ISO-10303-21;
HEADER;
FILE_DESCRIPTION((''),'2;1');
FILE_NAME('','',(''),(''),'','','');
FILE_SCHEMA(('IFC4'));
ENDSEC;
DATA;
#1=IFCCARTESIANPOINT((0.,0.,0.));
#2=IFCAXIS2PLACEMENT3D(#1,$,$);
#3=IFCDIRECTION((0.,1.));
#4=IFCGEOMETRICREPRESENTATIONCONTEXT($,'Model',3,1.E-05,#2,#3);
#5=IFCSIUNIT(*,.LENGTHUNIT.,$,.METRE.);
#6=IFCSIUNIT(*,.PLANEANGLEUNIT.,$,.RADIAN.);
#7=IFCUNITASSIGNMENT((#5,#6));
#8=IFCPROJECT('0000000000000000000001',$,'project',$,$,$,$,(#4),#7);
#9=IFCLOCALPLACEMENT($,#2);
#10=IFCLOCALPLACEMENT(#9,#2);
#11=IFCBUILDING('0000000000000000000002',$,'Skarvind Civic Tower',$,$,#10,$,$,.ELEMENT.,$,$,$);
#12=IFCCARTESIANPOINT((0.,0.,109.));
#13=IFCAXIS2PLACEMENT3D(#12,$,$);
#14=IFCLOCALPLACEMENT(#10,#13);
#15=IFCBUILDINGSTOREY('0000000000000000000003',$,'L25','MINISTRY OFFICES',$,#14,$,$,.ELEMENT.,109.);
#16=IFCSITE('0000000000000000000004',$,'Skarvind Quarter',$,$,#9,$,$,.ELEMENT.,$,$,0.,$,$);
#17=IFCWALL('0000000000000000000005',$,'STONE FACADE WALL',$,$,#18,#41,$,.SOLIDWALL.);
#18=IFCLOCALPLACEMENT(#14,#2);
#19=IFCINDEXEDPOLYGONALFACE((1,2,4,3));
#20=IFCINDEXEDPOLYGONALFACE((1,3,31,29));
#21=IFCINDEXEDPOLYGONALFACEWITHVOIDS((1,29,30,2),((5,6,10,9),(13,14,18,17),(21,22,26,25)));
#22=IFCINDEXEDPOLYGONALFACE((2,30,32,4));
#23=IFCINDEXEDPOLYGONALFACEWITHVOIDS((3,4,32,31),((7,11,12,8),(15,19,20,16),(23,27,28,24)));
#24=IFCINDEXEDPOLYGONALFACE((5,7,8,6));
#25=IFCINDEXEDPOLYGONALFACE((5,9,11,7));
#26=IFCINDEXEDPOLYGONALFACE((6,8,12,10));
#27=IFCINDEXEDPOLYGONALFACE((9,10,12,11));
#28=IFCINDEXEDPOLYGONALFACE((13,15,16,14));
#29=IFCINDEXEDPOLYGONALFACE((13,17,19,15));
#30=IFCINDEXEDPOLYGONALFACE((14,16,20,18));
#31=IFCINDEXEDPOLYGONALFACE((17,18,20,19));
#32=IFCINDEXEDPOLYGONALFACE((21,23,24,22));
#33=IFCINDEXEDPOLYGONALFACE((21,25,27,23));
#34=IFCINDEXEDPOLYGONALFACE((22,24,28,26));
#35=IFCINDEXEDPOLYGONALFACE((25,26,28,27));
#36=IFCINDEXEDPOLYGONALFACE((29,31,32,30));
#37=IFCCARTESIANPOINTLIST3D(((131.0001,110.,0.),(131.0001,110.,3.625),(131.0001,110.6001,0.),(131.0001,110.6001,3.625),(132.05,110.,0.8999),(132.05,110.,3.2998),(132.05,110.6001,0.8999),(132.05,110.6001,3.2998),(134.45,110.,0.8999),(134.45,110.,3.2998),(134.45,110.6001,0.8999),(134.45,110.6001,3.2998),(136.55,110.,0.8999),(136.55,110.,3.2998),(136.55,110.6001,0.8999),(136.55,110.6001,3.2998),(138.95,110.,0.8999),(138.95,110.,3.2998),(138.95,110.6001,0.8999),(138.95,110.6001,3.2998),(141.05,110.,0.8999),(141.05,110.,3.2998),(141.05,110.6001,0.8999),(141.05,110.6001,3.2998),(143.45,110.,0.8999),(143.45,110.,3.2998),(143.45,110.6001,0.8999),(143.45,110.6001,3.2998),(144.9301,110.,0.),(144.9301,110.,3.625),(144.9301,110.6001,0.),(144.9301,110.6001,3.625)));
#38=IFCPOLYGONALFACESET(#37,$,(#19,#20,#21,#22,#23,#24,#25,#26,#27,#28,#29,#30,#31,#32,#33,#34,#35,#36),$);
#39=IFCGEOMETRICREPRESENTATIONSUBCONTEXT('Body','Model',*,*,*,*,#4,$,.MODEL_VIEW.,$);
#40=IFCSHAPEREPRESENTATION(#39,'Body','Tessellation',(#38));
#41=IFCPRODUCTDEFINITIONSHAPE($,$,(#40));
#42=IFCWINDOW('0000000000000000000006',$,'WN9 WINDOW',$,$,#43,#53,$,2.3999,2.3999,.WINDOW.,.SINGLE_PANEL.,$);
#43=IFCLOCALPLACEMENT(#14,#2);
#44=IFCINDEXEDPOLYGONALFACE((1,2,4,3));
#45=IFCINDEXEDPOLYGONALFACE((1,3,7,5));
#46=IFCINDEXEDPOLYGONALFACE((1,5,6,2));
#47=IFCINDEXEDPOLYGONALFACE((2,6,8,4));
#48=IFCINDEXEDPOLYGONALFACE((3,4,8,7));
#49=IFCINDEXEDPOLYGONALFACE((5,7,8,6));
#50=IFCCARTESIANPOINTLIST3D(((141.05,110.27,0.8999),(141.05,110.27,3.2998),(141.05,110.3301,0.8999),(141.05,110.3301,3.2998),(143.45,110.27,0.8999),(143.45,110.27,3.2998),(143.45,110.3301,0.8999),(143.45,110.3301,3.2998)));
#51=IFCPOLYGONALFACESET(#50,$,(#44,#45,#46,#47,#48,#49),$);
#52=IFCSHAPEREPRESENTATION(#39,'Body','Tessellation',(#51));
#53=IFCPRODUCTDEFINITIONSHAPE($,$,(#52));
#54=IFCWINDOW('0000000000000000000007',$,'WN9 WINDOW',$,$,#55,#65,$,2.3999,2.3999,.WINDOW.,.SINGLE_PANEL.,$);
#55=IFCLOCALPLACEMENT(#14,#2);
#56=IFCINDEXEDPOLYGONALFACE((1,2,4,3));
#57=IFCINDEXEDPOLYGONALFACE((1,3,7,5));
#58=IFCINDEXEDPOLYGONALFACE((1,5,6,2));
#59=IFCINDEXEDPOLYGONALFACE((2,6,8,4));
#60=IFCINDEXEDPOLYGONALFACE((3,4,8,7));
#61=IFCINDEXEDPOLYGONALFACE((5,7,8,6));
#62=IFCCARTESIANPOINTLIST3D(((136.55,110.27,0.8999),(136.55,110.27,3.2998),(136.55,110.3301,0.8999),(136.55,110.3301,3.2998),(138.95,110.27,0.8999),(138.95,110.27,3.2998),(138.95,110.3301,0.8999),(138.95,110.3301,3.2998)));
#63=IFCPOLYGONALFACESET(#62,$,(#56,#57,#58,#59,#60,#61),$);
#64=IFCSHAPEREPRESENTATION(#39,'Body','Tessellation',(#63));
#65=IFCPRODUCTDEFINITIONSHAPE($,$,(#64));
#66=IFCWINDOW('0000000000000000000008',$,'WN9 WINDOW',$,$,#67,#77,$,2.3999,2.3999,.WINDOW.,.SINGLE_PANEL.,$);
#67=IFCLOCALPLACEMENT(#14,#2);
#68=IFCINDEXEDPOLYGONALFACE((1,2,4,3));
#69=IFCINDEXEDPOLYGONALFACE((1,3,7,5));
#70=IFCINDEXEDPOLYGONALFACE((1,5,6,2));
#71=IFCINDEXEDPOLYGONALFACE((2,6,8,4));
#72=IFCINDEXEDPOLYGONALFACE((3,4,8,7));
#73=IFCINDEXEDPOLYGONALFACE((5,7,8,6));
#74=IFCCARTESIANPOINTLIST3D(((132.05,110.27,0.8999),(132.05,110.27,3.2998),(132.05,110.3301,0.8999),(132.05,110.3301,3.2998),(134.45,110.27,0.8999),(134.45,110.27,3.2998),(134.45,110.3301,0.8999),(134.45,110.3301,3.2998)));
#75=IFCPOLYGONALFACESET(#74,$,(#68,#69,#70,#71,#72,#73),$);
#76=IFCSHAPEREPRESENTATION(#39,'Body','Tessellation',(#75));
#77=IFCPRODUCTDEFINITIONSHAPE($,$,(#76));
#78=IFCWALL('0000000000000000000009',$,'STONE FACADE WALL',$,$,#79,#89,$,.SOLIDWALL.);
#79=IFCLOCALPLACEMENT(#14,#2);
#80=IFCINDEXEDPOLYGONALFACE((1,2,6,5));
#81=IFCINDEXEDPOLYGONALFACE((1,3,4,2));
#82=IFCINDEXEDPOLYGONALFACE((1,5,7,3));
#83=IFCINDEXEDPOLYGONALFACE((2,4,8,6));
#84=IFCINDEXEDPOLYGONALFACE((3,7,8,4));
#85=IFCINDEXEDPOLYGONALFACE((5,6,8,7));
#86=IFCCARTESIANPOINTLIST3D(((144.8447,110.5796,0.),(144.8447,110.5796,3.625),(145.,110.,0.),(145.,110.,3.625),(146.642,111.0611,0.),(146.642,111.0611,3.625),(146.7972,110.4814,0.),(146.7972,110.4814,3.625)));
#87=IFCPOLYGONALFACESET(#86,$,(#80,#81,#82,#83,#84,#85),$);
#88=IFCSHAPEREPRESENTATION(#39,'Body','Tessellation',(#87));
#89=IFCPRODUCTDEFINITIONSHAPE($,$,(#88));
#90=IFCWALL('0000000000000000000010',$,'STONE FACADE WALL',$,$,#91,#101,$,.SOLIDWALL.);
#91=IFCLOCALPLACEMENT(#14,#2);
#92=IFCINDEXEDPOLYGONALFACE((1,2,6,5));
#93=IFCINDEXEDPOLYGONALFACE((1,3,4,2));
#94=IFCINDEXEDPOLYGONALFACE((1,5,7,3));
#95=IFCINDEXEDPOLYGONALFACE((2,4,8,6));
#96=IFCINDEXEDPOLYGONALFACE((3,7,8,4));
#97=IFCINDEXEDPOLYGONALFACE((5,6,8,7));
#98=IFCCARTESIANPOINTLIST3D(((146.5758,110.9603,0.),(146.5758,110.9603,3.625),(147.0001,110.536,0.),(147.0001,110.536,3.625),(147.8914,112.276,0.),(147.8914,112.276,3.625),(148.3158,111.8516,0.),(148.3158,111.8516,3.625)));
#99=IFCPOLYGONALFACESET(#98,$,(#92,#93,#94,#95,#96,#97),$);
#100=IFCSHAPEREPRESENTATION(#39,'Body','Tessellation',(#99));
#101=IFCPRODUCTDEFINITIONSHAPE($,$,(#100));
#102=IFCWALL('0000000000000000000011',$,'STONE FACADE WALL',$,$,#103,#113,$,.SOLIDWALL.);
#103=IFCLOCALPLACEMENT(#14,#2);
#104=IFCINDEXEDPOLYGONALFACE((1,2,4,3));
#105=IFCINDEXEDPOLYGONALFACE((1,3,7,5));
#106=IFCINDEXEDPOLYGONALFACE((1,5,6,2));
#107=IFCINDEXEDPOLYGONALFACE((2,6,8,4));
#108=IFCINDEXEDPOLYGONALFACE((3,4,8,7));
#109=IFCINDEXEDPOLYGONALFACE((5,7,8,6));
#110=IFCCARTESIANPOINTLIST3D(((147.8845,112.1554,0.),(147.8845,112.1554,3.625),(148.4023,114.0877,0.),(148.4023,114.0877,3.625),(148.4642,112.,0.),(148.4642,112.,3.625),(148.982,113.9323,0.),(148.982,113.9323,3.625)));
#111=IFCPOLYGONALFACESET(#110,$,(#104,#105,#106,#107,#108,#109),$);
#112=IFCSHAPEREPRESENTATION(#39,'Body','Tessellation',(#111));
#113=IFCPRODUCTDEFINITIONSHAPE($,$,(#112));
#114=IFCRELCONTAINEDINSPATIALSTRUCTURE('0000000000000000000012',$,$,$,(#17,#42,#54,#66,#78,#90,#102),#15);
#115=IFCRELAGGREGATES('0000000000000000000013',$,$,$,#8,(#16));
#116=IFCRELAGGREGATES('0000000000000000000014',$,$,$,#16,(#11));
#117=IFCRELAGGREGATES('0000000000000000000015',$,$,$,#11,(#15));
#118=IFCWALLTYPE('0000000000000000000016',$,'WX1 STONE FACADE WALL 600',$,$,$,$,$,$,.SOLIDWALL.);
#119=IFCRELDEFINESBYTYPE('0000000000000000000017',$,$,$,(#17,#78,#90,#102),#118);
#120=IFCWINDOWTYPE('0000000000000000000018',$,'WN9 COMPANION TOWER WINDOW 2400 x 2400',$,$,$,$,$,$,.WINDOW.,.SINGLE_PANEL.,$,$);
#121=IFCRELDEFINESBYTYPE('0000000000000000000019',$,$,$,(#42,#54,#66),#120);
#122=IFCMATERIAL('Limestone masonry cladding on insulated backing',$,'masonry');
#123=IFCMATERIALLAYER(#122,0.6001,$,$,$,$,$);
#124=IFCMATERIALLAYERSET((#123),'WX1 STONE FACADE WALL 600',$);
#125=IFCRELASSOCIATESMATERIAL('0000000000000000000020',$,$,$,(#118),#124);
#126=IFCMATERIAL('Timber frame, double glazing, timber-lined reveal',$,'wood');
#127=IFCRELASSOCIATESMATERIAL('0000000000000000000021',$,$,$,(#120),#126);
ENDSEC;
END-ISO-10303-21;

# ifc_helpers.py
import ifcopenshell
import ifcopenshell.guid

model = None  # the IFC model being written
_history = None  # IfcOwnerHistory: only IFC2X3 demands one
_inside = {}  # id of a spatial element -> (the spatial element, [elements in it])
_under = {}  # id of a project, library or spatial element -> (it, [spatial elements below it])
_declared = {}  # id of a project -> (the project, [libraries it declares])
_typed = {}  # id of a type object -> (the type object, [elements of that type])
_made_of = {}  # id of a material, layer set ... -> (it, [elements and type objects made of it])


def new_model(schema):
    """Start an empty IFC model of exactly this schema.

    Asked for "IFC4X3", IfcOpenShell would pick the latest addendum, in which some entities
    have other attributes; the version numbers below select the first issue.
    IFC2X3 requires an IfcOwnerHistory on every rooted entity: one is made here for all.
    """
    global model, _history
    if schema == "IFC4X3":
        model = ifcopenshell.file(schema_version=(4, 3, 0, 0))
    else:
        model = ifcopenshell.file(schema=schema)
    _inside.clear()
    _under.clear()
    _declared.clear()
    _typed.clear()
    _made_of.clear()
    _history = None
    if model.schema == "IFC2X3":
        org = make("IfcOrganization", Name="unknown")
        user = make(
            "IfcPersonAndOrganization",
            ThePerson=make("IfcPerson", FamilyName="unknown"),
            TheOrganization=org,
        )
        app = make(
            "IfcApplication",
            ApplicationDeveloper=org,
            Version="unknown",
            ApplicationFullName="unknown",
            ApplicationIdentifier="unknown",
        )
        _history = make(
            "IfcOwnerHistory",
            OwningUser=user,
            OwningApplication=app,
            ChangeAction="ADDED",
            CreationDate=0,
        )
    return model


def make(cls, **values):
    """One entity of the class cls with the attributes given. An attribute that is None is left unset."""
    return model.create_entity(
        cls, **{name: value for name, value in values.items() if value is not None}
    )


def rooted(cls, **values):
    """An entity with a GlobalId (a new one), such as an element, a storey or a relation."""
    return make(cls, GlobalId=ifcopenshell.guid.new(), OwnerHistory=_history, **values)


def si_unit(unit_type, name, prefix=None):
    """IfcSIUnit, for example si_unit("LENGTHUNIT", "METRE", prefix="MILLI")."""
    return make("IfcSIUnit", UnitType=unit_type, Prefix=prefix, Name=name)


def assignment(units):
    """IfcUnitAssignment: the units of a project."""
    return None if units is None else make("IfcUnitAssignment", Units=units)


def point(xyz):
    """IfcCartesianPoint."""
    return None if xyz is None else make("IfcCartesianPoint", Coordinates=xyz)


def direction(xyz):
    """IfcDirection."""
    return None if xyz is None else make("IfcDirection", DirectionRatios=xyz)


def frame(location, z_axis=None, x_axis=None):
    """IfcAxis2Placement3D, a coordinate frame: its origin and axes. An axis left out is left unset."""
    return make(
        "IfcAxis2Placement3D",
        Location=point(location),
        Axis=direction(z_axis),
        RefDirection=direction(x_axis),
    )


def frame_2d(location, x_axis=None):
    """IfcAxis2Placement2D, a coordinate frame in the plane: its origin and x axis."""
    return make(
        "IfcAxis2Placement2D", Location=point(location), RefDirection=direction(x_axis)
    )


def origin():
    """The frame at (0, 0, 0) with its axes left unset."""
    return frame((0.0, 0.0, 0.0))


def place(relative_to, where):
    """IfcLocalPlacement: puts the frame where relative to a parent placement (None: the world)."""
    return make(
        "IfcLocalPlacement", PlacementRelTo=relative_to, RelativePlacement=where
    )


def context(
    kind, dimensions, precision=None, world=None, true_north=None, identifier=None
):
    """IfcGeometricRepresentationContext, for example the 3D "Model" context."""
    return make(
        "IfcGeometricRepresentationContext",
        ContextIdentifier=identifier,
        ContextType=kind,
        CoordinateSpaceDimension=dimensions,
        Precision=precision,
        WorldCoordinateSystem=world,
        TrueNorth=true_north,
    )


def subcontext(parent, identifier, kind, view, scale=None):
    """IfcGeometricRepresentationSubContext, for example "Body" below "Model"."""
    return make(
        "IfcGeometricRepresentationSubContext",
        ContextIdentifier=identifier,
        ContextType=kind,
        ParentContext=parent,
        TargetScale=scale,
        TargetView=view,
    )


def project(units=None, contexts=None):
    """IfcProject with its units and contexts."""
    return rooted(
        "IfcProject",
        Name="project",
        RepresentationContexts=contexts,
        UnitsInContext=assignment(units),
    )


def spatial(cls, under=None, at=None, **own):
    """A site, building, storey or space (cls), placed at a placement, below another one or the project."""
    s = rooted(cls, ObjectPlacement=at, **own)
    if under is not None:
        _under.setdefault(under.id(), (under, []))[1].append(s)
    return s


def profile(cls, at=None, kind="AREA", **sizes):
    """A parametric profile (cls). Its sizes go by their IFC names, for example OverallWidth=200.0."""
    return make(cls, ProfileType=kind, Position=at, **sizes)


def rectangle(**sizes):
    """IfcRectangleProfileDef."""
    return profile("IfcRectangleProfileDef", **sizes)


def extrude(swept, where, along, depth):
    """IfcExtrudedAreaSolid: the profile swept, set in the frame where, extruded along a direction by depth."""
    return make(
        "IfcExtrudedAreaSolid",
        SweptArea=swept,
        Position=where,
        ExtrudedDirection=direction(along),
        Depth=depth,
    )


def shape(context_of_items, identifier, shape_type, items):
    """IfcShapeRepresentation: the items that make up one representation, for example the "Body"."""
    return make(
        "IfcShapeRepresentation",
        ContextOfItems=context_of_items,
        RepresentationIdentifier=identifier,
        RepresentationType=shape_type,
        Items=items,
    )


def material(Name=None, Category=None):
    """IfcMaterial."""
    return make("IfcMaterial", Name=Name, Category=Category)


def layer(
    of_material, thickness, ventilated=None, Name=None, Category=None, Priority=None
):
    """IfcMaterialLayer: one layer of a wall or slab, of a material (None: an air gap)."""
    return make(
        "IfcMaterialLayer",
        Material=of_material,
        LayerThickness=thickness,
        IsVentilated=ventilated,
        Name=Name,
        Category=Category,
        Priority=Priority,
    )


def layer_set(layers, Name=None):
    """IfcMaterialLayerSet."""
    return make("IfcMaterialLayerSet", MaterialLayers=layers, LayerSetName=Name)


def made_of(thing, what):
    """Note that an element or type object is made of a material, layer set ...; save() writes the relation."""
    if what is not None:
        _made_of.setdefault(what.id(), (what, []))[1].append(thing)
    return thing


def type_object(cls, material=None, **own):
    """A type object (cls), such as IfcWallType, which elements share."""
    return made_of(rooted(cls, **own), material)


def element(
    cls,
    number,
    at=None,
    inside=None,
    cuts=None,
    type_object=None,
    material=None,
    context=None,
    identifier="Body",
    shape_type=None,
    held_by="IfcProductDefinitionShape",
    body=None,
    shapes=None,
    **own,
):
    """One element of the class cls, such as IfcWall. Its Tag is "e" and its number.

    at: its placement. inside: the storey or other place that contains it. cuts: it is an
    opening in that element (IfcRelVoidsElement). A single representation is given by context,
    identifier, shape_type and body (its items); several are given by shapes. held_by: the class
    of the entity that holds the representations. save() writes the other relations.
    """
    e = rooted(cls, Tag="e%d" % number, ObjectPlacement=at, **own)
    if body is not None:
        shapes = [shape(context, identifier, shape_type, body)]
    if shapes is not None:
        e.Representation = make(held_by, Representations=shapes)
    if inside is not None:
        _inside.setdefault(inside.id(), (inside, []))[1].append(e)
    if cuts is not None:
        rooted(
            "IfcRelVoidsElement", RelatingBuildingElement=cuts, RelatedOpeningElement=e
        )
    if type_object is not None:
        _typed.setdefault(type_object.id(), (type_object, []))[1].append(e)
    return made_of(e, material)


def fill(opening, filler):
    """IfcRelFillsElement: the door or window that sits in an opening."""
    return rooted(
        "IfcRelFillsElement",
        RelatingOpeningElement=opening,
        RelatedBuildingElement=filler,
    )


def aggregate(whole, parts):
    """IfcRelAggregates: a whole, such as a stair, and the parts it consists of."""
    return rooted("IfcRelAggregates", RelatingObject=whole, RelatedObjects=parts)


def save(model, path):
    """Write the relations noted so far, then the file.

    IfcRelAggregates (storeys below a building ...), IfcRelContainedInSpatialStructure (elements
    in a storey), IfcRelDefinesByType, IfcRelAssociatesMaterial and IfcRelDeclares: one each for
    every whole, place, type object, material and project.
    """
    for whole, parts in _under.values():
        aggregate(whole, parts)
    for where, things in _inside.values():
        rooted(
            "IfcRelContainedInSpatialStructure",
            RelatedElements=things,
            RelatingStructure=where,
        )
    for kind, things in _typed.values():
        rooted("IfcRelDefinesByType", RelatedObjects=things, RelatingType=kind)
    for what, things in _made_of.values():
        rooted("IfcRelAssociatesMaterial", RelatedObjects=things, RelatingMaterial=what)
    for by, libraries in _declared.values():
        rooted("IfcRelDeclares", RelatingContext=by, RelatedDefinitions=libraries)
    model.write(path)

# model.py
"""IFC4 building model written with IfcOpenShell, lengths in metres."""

from ifc_helpers import new_model, si_unit, direction, frame, frame_2d, origin, place, context, subcontext, project, spatial, rectangle, extrude, material, layer, layer_set, type_object, element, fill, save


model = new_model("IFC4")

# Units and contexts
model_context = context("Model", 3, precision=1e-05, world=origin(), true_north=direction((0.0, 1.0)))
body_context = subcontext(model_context, "Body", "Model", "MODEL_VIEW")
ifc_project = project(units=[si_unit("LENGTHUNIT", "METRE"), si_unit("PLANEANGLEUNIT", "RADIAN")], contexts=[model_context])

# Site, building, storey
site_placement = place(None, origin())
site = spatial("IfcSite", under=ifc_project, at=site_placement, Name="Skarvind Quarter", CompositionType="ELEMENT", RefElevation=0.0)
building_placement = place(site_placement, origin())
building = spatial("IfcBuilding", under=site, at=building_placement, Name="Skarvind Civic Tower", CompositionType="ELEMENT")
storey_placement = place(building_placement, frame((0.0, 0.0, 109.0)))
storey = spatial("IfcBuildingStorey", under=building, at=storey_placement, Name="L25", Description="MINISTRY OFFICES", CompositionType="ELEMENT", Elevation=109.0)

# Wall, openings, windows
ifc_material_1 = material(Name="Limestone masonry cladding on insulated backing", Category="masonry")
ifc_layer_1 = layer(ifc_material_1, 0.6001)
ifc_layer_set_1 = layer_set([ifc_layer_1], Name="WX1 STONE FACADE WALL 600")
wall_type_1 = type_object("IfcWallType", Name="WX1 STONE FACADE WALL 600", PredefinedType="SOLIDWALL", material=ifc_layer_set_1)
wall_1_placement = place(storey_placement, frame((144.9299, 110.3, 0.0), z_axis=(0.0, 0.0, 1.0), x_axis=(-1.0, 0.0, 0.0)))
wall_1 = element("IfcWall", 1, at=wall_1_placement, inside=storey, type_object=wall_type_1, Name="STONE FACADE WALL", PredefinedType="SOLIDWALL", context=body_context, shape_type="SweptSolid", body=[
    extrude(rectangle(XDim=13.9299, YDim=0.6001, at=frame_2d((6.9648, 0.0))), origin(), (0.0, 0.0, 1.0), 3.625),
])
opening_1_placement = place(wall_1_placement, frame((1.48, 0.0, 0.8999)))
opening_1 = element("IfcOpeningElement", 2, at=opening_1_placement, cuts=wall_1, PredefinedType="OPENING", context=body_context, shape_type="SweptSolid", body=[
    extrude(rectangle(XDim=2.3999, YDim=2.3999, at=frame_2d((1.2, 1.2))), frame((0.0, 0.3101, 0.0), z_axis=(0.0, -1.0, 0.0), x_axis=(1.0, 0.0, 0.0)), (0.0, 0.0, 1.0), 0.6201),
])
opening_2_placement = place(wall_1_placement, frame((5.98, 0.0, 0.8999)))
opening_2 = element("IfcOpeningElement", 3, at=opening_2_placement, cuts=wall_1, PredefinedType="OPENING", context=body_context, shape_type="SweptSolid", body=[
    extrude(rectangle(XDim=2.3999, YDim=2.3999, at=frame_2d((1.2, 1.2))), frame((0.0, 0.3101, 0.0), z_axis=(0.0, -1.0, 0.0), x_axis=(1.0, 0.0, 0.0)), (0.0, 0.0, 1.0), 0.6201),
])
opening_3_placement = place(wall_1_placement, frame((10.48, 0.0, 0.8999)))
opening_3 = element("IfcOpeningElement", 4, at=opening_3_placement, cuts=wall_1, PredefinedType="OPENING", context=body_context, shape_type="SweptSolid", body=[
    extrude(rectangle(XDim=2.3999, YDim=2.3999, at=frame_2d((1.2, 1.2))), frame((0.0, 0.3101, 0.0), z_axis=(0.0, -1.0, 0.0), x_axis=(1.0, 0.0, 0.0)), (0.0, 0.0, 1.0), 0.6201),
])
ifc_material_2 = material(Name="Timber frame, double glazing, timber-lined reveal", Category="wood")
window_type = type_object("IfcWindowType", Name="WN9 COMPANION TOWER WINDOW 2400 x 2400", PartitioningType="SINGLE_PANEL", PredefinedType="WINDOW", material=ifc_material_2)
window_1_placement = place(opening_1_placement, origin())
window_1 = element("IfcWindow", 5, at=window_1_placement, inside=storey, type_object=window_type, Name="WN9 WINDOW", OverallHeight=2.3999, OverallWidth=2.3999, PartitioningType="SINGLE_PANEL", PredefinedType="WINDOW", context=body_context, shape_type="SweptSolid", body=[
    extrude(rectangle(XDim=2.3999, YDim=2.3999, at=frame_2d((1.2, 1.2))), frame((0.0, 0.03, 0.0), z_axis=(0.0, -1.0, 0.0), x_axis=(1.0, 0.0, 0.0)), (0.0, 0.0, 1.0), 0.0601),
])
fill(opening_1, window_1)
window_2_placement = place(opening_2_placement, origin())
window_2 = element("IfcWindow", 6, at=window_2_placement, inside=storey, type_object=window_type, Name="WN9 WINDOW", OverallHeight=2.3999, OverallWidth=2.3999, PartitioningType="SINGLE_PANEL", PredefinedType="WINDOW", context=body_context, shape_type="SweptSolid", body=[
    extrude(rectangle(XDim=2.3999, YDim=2.3999, at=frame_2d((1.2, 1.2))), frame((0.0, 0.03, 0.0), z_axis=(0.0, -1.0, 0.0), x_axis=(1.0, 0.0, 0.0)), (0.0, 0.0, 1.0), 0.0601),
])
fill(opening_2, window_2)
window_3_placement = place(opening_3_placement, origin())
window_3 = element("IfcWindow", 7, at=window_3_placement, inside=storey, type_object=window_type, Name="WN9 WINDOW", OverallHeight=2.3999, OverallWidth=2.3999, PartitioningType="SINGLE_PANEL", PredefinedType="WINDOW", context=body_context, shape_type="SweptSolid", body=[
    extrude(rectangle(XDim=2.3999, YDim=2.3999, at=frame_2d((1.2, 1.2))), frame((0.0, 0.03, 0.0), z_axis=(0.0, -1.0, 0.0), x_axis=(1.0, 0.0, 0.0)), (0.0, 0.0, 1.0), 0.0601),
])
fill(opening_3, window_3)

# Walls
for number, where, z_axis, x_axis, name in (
    (8, (146.7195, 110.7712, 0.0), (0.0, 0.0, 1.0), (-0.965938, -0.258773, 0.0), "STONE FACADE WALL"),
    (9, (148.1035, 112.0637, 0.0), (0.0, 0.0, 1.0), (-0.707107, -0.707107, 0.0), "STONE FACADE WALL"),
):
    element("IfcWall", number, at=place(storey_placement, frame(where, z_axis=z_axis, x_axis=x_axis)), inside=storey, type_object=wall_type_1, Name=name, PredefinedType="SOLIDWALL", context=body_context, shape_type="SweptSolid", body=[
        extrude(rectangle(XDim=1.8606, YDim=0.6001, at=frame_2d((0.9302, 0.0))), origin(), (0.0, 0.0, 1.0), 3.625),
    ])
wall_2_placement = place(storey_placement, frame((148.6921, 114.01, 0.0), z_axis=(0.0, 0.0, 1.0), x_axis=(-0.25884, -0.96592, 0.0)))
element("IfcWall", 10, at=wall_2_placement, inside=storey, type_object=wall_type_1, Name="STONE FACADE WALL", PredefinedType="SOLIDWALL", context=body_context, shape_type="SweptSolid", body=[
    extrude(rectangle(XDim=2.0005, YDim=0.6001, at=frame_2d((1.0002, 0.0))), origin(), (0.0, 0.0, 1.0), 3.625),
])

save(model, "model.ifc")
